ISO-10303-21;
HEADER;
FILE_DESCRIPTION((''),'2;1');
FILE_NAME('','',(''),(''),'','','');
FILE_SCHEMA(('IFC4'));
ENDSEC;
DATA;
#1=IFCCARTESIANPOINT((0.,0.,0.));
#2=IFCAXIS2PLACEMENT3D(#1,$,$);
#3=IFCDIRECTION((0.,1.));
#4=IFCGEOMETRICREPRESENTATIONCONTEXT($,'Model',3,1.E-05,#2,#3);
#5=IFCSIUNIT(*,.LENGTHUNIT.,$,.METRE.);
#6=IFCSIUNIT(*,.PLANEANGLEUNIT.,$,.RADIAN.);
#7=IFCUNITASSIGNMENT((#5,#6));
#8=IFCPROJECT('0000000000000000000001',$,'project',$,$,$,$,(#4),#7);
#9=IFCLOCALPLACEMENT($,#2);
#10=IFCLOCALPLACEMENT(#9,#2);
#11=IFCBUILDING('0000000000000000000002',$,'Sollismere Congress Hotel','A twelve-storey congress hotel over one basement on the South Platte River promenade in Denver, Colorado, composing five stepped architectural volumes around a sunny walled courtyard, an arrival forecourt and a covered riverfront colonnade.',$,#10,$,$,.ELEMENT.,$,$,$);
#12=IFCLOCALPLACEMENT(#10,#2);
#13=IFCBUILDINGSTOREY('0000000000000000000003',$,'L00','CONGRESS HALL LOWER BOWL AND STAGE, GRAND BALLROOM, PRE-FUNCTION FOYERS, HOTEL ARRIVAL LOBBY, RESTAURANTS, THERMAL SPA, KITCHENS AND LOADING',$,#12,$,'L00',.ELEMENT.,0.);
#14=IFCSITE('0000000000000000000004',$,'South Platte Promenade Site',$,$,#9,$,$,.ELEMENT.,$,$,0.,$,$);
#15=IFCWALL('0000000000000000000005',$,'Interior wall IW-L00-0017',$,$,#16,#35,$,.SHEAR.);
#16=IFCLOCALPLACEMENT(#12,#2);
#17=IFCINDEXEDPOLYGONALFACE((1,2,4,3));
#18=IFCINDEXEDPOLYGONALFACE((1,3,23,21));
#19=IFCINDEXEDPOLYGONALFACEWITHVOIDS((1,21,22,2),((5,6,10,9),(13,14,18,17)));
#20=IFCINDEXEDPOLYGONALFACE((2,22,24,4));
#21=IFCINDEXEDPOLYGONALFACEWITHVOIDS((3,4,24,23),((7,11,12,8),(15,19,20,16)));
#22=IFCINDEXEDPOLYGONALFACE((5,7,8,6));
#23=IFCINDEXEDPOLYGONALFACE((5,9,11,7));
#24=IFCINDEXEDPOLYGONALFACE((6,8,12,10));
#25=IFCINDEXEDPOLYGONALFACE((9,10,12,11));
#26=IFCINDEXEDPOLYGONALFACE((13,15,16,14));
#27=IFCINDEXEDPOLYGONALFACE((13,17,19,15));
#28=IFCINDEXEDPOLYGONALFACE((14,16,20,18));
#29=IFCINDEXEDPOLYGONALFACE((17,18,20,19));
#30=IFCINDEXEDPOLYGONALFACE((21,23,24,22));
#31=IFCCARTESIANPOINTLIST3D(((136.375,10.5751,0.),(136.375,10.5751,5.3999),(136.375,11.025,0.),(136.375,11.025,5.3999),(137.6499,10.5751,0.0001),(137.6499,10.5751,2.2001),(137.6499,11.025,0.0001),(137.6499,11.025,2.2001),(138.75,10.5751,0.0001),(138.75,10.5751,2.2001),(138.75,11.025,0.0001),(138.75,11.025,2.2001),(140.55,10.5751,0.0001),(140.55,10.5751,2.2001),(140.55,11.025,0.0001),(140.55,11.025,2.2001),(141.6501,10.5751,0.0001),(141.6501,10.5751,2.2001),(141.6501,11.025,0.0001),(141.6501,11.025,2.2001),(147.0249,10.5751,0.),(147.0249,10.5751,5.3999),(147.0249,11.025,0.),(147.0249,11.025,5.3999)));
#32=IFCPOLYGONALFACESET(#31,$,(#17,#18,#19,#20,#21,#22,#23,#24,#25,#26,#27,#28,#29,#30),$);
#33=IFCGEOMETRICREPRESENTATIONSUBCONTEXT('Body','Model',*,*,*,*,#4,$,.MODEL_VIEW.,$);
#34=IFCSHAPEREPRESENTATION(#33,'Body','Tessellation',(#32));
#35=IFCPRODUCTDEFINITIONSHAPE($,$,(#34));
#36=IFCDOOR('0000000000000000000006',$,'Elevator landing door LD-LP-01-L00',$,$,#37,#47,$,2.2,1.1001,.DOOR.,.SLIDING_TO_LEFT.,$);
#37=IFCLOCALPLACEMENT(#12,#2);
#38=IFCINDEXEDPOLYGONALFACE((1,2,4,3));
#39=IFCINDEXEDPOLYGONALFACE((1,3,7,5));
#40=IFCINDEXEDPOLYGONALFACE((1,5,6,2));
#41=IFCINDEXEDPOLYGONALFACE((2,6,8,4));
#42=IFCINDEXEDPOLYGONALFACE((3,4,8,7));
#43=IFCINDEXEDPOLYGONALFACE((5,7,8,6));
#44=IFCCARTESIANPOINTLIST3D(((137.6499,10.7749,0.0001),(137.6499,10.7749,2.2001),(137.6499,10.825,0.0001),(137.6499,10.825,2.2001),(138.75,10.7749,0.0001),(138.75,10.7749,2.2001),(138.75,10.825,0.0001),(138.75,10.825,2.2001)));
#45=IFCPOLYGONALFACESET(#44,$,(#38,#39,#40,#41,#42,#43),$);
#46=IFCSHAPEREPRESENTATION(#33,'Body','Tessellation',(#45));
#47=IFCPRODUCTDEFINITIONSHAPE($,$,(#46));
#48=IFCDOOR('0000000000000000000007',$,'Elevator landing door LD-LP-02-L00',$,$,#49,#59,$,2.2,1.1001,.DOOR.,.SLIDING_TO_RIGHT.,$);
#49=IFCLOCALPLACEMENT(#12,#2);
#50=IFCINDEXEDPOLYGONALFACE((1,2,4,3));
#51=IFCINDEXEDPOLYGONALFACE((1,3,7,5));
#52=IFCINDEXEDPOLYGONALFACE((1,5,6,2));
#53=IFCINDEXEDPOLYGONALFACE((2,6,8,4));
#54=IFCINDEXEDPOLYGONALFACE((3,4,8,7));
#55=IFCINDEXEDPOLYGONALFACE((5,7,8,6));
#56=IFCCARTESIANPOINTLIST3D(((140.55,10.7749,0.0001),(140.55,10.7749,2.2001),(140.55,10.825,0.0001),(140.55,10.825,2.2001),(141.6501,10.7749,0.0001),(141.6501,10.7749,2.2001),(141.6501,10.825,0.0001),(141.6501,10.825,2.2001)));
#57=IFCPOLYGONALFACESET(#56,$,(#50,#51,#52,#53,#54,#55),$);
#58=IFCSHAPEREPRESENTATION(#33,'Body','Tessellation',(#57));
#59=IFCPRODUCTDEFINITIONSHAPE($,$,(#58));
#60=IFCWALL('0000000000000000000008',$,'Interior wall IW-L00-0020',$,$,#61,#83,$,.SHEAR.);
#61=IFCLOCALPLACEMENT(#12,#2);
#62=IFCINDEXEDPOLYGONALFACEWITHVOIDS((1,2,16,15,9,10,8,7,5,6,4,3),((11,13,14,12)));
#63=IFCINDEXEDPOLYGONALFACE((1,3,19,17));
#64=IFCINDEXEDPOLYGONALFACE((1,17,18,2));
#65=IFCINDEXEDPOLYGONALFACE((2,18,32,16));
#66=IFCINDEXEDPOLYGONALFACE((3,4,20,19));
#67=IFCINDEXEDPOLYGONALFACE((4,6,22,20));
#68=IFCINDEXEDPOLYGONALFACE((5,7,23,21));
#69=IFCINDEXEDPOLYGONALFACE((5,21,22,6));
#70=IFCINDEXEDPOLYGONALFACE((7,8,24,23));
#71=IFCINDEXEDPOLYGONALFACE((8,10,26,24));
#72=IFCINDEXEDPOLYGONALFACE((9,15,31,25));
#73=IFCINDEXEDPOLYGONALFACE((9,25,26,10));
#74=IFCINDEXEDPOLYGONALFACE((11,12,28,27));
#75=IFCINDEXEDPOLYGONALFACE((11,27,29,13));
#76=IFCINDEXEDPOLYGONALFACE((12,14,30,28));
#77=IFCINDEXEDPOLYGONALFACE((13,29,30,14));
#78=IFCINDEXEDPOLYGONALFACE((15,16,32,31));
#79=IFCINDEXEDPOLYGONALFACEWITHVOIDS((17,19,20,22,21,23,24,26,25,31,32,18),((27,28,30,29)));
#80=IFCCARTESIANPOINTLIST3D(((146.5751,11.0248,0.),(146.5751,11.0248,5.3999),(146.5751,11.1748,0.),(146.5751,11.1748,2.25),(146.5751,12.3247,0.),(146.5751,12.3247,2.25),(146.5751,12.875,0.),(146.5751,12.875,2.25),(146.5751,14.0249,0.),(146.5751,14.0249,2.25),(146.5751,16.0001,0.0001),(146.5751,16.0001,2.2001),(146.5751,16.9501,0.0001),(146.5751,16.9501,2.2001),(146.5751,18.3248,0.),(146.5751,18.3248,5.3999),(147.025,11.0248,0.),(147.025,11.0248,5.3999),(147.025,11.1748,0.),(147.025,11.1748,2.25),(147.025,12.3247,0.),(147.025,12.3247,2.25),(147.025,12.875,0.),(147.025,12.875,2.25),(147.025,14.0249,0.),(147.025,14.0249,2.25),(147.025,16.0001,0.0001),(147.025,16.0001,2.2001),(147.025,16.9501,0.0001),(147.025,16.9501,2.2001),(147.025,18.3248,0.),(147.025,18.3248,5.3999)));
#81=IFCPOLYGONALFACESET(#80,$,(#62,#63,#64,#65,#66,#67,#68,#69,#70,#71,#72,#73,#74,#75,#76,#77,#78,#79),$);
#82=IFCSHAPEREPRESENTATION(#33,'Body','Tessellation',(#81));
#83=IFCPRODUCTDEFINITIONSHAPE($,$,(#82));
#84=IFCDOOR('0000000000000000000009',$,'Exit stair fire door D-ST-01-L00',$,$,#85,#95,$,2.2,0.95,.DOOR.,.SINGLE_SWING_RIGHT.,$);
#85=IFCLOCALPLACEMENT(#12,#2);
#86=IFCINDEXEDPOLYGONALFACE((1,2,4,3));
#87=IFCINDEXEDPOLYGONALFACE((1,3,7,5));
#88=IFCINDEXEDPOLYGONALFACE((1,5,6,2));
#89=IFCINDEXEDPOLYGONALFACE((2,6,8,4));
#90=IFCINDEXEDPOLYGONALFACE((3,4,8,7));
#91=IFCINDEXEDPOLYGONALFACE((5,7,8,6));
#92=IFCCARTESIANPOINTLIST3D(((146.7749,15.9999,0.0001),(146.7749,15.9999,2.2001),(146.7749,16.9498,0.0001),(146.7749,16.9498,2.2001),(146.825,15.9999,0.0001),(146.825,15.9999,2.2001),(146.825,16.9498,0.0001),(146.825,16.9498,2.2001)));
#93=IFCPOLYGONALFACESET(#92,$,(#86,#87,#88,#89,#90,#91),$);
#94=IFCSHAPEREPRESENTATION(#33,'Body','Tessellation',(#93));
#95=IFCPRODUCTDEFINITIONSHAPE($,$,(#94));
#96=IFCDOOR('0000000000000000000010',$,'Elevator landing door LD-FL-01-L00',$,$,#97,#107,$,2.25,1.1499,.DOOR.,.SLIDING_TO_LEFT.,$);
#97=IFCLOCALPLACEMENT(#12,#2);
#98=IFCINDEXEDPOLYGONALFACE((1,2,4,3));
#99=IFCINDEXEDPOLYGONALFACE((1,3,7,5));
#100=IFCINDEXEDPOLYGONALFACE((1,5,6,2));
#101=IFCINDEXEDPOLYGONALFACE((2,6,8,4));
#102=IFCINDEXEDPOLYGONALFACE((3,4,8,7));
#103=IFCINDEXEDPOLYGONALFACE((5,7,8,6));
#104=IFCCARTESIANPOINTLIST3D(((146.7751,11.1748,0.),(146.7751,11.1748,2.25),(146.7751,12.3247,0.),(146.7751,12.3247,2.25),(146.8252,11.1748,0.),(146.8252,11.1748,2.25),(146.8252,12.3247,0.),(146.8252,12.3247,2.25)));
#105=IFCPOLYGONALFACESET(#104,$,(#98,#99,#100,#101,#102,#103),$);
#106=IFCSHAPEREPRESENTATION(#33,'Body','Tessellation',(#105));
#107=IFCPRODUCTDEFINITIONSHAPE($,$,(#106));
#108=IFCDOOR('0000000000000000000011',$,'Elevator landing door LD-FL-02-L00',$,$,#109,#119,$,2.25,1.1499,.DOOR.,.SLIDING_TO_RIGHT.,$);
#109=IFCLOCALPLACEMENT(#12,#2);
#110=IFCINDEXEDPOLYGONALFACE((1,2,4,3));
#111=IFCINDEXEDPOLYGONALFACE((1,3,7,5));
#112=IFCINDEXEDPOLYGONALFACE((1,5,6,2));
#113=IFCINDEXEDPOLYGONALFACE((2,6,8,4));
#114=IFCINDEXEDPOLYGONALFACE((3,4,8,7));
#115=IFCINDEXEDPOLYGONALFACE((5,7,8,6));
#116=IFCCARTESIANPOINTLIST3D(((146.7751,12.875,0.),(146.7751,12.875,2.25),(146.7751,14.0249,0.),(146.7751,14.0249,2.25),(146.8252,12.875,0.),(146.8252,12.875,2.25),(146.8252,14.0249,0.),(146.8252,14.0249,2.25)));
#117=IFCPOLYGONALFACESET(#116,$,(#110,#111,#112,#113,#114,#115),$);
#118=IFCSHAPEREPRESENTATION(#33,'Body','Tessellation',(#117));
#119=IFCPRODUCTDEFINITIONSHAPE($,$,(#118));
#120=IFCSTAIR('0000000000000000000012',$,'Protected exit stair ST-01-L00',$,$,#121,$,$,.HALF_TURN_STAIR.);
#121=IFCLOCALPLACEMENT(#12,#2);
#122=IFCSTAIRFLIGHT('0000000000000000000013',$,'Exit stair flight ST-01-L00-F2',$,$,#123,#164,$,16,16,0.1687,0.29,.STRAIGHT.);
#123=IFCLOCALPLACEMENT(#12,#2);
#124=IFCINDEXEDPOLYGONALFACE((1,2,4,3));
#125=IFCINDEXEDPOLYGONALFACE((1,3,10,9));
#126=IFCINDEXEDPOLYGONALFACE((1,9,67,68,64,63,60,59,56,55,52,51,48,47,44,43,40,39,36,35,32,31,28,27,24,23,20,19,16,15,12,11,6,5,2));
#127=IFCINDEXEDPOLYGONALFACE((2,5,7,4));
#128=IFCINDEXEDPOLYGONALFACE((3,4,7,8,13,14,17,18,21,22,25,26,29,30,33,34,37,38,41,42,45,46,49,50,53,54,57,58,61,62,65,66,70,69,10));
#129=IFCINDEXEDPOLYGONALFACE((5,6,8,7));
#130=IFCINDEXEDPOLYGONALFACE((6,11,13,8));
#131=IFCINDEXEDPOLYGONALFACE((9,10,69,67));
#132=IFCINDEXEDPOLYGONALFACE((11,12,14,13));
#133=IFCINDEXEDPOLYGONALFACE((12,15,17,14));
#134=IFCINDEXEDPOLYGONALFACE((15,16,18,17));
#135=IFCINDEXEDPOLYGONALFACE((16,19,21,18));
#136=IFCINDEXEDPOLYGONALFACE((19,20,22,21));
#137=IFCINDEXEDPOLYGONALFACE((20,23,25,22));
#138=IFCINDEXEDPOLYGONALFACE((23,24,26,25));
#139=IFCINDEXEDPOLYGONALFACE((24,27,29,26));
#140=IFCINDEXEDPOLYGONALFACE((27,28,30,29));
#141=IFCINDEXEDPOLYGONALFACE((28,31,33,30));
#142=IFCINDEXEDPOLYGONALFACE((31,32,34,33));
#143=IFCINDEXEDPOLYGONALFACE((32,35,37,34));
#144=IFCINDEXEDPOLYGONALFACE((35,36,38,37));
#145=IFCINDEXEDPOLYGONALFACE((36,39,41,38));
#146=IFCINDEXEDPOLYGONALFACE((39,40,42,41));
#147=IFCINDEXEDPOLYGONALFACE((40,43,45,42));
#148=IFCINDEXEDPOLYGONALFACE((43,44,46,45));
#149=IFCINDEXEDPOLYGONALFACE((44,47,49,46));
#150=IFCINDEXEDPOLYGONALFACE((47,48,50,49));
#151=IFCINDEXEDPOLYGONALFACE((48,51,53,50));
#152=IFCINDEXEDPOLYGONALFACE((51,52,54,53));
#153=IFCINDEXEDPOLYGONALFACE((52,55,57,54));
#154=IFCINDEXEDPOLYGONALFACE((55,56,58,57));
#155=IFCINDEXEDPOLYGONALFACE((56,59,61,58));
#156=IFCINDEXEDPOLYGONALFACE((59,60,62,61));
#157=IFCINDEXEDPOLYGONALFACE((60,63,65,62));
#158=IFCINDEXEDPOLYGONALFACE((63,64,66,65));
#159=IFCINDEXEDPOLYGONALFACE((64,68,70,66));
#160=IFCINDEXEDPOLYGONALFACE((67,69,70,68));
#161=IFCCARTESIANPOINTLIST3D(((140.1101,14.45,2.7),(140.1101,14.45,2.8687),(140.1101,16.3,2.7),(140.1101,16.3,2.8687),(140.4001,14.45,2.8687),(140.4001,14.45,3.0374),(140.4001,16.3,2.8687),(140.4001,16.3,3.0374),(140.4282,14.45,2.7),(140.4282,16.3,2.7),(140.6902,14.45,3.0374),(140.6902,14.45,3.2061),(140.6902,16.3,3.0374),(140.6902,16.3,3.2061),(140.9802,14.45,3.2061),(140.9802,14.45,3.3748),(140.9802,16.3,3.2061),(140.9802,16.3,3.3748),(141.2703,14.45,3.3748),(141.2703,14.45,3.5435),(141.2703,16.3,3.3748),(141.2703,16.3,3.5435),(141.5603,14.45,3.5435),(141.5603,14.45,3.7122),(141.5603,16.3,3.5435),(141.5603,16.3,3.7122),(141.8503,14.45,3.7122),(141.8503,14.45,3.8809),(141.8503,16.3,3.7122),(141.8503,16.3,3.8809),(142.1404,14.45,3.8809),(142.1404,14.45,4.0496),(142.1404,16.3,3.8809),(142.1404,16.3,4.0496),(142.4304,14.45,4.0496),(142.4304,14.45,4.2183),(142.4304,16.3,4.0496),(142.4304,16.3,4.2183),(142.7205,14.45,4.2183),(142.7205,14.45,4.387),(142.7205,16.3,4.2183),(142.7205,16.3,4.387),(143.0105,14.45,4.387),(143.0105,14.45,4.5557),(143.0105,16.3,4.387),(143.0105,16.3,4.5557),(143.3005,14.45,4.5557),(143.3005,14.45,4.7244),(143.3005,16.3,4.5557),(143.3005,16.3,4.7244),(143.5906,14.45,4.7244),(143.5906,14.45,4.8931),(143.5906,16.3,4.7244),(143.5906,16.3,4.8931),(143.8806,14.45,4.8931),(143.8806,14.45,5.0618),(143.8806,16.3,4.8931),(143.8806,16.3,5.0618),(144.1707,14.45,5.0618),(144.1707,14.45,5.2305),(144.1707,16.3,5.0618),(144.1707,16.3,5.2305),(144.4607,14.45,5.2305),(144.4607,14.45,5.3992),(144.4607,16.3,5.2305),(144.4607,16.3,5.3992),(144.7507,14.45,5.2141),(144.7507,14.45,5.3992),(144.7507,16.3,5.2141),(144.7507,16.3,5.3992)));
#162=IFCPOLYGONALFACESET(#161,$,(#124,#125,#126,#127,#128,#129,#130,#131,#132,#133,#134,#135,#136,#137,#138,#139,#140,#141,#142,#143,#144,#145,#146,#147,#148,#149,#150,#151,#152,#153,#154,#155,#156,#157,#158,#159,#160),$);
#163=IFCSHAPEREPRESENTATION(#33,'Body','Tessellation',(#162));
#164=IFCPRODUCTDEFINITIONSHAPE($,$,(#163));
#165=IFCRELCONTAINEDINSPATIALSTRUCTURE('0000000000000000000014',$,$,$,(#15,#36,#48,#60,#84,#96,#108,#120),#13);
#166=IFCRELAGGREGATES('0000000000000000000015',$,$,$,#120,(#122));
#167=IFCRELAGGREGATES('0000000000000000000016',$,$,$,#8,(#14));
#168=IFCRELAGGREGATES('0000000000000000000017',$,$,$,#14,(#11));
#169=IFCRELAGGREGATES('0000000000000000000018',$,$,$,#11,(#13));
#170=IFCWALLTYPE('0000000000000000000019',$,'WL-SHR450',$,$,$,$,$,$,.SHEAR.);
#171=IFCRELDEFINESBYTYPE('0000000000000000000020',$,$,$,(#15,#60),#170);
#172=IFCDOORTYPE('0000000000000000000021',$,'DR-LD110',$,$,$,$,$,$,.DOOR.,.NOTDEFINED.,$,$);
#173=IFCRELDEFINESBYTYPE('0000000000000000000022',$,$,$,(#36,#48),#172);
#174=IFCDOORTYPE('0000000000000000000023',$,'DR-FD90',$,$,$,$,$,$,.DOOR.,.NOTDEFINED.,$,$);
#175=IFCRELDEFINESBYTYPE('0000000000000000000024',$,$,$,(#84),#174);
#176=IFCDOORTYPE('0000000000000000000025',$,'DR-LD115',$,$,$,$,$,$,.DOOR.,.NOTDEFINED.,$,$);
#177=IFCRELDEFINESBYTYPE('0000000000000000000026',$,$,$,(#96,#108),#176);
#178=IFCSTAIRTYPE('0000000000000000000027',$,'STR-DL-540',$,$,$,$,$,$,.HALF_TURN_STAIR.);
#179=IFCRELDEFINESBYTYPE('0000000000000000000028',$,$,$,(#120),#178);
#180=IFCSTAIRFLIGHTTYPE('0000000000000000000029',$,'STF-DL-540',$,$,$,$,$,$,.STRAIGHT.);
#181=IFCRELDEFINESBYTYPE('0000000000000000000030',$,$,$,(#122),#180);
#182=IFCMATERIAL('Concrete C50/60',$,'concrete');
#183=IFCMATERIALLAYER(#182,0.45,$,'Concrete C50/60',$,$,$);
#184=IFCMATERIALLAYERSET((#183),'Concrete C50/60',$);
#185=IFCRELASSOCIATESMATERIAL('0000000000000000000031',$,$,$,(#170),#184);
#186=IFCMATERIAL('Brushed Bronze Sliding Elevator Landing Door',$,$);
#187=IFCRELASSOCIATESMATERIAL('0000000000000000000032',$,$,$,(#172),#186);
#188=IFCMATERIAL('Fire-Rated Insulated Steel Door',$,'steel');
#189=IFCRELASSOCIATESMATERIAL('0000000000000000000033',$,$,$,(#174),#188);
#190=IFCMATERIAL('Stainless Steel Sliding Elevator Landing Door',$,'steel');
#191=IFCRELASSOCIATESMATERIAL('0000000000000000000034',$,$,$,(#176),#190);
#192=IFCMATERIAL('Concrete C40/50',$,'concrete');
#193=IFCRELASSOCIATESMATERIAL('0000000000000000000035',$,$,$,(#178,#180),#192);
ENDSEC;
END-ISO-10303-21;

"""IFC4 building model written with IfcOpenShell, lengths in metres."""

from ifc_helpers import new_model, si_unit, direction, frame, frame_2d, origin, place, context, subcontext, project, spatial, polyline, rectangle, outline, extrude, material, layer, layer_set, type_object, element, fill, aggregate, save


model = new_model("IFC4")

# Units and contexts
model_context = context("Model", 3, precision=1e-05, world=origin(), true_north=direction((0.0, 1.0)))
body_context = subcontext(model_context, "Body", "Model", "MODEL_VIEW")
ifc_project = project(units=[si_unit("LENGTHUNIT", "METRE"), si_unit("PLANEANGLEUNIT", "RADIAN")], contexts=[model_context])

# Site, building, storey
site_placement = place(None, origin())
site = spatial("IfcSite", under=ifc_project, at=site_placement, Name="South Platte Promenade Site", CompositionType="ELEMENT", RefElevation=0.0)
building_placement = place(site_placement, origin())
building = spatial("IfcBuilding", under=site, at=building_placement, Name="Sollismere Congress Hotel", Description="A twelve-storey congress hotel over one basement on the South Platte River promenade in Denver, Colorado, composing five stepped architectural volumes around a sunny walled courtyard, an arrival forecourt and a covered riverfront colonnade.", CompositionType="ELEMENT")
storey_placement = place(building_placement, origin())
storey = spatial("IfcBuildingStorey", under=building, at=storey_placement, Name="L00", Description="CONGRESS HALL LOWER BOWL AND STAGE, GRAND BALLROOM, PRE-FUNCTION FOYERS, HOTEL ARRIVAL LOBBY, RESTAURANTS, THERMAL SPA, KITCHENS AND LOADING", LongName="L00", CompositionType="ELEMENT", Elevation=0.0)

# Shared definitions
ifc_material_1 = material(Name="Concrete C50/60", Category="concrete")

# Walls, openings, doors
ifc_layer_1 = layer(ifc_material_1, 0.45, Name="Concrete C50/60")
ifc_layer_set_1 = layer_set([ifc_layer_1], Name="Concrete C50/60")
wall_type_1 = type_object("IfcWallType", Name="WL-SHR450", PredefinedType="SHEAR", material=ifc_layer_set_1)
wall_1_placement = place(storey_placement, frame((136.375, 10.8, 0.0), z_axis=(0.0, 0.0, 1.0), x_axis=(1.0, 0.0, 0.0)))
wall_1 = element("IfcWall", 1, at=wall_1_placement, inside=storey, type_object=wall_type_1, Name="Interior wall IW-L00-0017", PredefinedType="SHEAR", context=body_context, shape_type="SweptSolid", body=[
    extrude(rectangle(XDim=10.6499, YDim=0.45, at=frame_2d((5.325, 0.0))), origin(), (0.0, 0.0, 1.0), 5.3999),
])
opening_1_placement = place(wall_1_placement, frame((1.2749, 0.0, 0.0)))
opening_1 = element("IfcOpeningElement", 2, at=opening_1_placement, cuts=wall_1, PredefinedType="OPENING", context=body_context, shape_type="SweptSolid", body=[
    extrude(rectangle(XDim=1.1001, YDim=2.2, at=frame_2d((0.55, 1.1001))), frame((0.0, 0.2349, 0.0), z_axis=(0.0, -1.0, 0.0), x_axis=(1.0, 0.0, 0.0)), (0.0, 0.0, 1.0), 0.47),
])
opening_2_placement = place(wall_1_placement, frame((4.175, 0.0, 0.0)))
opening_2 = element("IfcOpeningElement", 3, at=opening_2_placement, cuts=wall_1, PredefinedType="OPENING", context=body_context, shape_type="SweptSolid", body=[
    extrude(rectangle(XDim=1.1001, YDim=2.2, at=frame_2d((0.55, 1.1001))), frame((0.0, 0.2349, 0.0), z_axis=(0.0, -1.0, 0.0), x_axis=(1.0, 0.0, 0.0)), (0.0, 0.0, 1.0), 0.47),
])
ifc_material_2 = material(Name="Brushed Bronze Sliding Elevator Landing Door")
door_type_1 = type_object("IfcDoorType", Name="DR-LD110", OperationType="NOTDEFINED", PredefinedType="DOOR", material=ifc_material_2)
door_1_placement = place(opening_1_placement, origin())
door_1 = element("IfcDoor", 4, at=door_1_placement, inside=storey, type_object=door_type_1, Name="Elevator landing door LD-LP-01-L00", OperationType="SLIDING_TO_LEFT", OverallHeight=2.2, OverallWidth=1.1001, PredefinedType="DOOR", context=body_context, shape_type="SweptSolid", body=[
    extrude(rectangle(XDim=1.1001, YDim=2.2, at=frame_2d((0.55, 1.1001))), frame((0.0, 0.0249, 0.0), z_axis=(0.0, -1.0, 0.0), x_axis=(1.0, 0.0, 0.0)), (0.0, 0.0, 1.0), 0.05),
])
fill(opening_1, door_1)
door_2_placement = place(opening_2_placement, origin())
door_2 = element("IfcDoor", 5, at=door_2_placement, inside=storey, type_object=door_type_1, Name="Elevator landing door LD-LP-02-L00", OperationType="SLIDING_TO_RIGHT", OverallHeight=2.2, OverallWidth=1.1001, PredefinedType="DOOR", context=body_context, shape_type="SweptSolid", body=[
    extrude(rectangle(XDim=1.1001, YDim=2.2, at=frame_2d((0.55, 1.1001))), frame((0.0, 0.0249, 0.0), z_axis=(0.0, -1.0, 0.0), x_axis=(1.0, 0.0, 0.0)), (0.0, 0.0, 1.0), 0.05),
])
fill(opening_2, door_2)
wall_2_placement = place(storey_placement, frame((146.8, 11.0249, 0.0), z_axis=(0.0, 0.0, 1.0), x_axis=(0.0, 1.0, 0.0)))
wall_2 = element("IfcWall", 6, at=wall_2_placement, inside=storey, type_object=wall_type_1, Name="Interior wall IW-L00-0020", PredefinedType="SHEAR", context=body_context, shape_type="SweptSolid", body=[
    extrude(rectangle(XDim=7.3, YDim=0.45, at=frame_2d((3.6499, 0.0))), origin(), (0.0, 0.0, 1.0), 5.3999),
])
opening_3_placement = place(wall_2_placement, frame((4.9751, 0.0, 0.0)))
opening_3 = element("IfcOpeningElement", 7, at=opening_3_placement, cuts=wall_2, PredefinedType="OPENING", context=body_context, shape_type="SweptSolid", body=[
    extrude(rectangle(XDim=0.95, YDim=2.2, at=frame_2d((0.4751, 1.1001))), frame((0.0, 0.2349, 0.0), z_axis=(0.0, -1.0, 0.0), x_axis=(1.0, 0.0, 0.0)), (0.0, 0.0, 1.0), 0.47),
])
opening_4_placement = place(wall_2_placement, frame((0.1499, 0.0, 0.0)))
opening_4 = element("IfcOpeningElement", 8, at=opening_4_placement, cuts=wall_2, PredefinedType="OPENING", context=body_context, shape_type="SweptSolid", body=[
    extrude(rectangle(XDim=1.1499, YDim=2.25, at=frame_2d((0.575, 1.125))), frame((0.0, 0.2349, 0.0), z_axis=(0.0, -1.0, 0.0), x_axis=(1.0, 0.0, 0.0)), (0.0, 0.0, 1.0), 0.47),
])
opening_5_placement = place(wall_2_placement, frame((1.8501, 0.0, 0.0)))
opening_5 = element("IfcOpeningElement", 9, at=opening_5_placement, cuts=wall_2, PredefinedType="OPENING", context=body_context, shape_type="SweptSolid", body=[
    extrude(rectangle(XDim=1.1499, YDim=2.25, at=frame_2d((0.575, 1.125))), frame((0.0, 0.2349, 0.0), z_axis=(0.0, -1.0, 0.0), x_axis=(1.0, 0.0, 0.0)), (0.0, 0.0, 1.0), 0.47),
])
ifc_material_3 = material(Name="Fire-Rated Insulated Steel Door", Category="steel")
door_type_2 = type_object("IfcDoorType", Name="DR-FD90", OperationType="NOTDEFINED", PredefinedType="DOOR", material=ifc_material_3)
door_3_placement = place(opening_3_placement, frame((0.95, 0.0, 0.0), z_axis=(0.0, 0.0, 1.0), x_axis=(-1.0, 0.0, 0.0)))
door_3 = element("IfcDoor", 10, at=door_3_placement, inside=storey, type_object=door_type_2, Name="Exit stair fire door D-ST-01-L00", OperationType="SINGLE_SWING_RIGHT", OverallHeight=2.2, OverallWidth=0.95, PredefinedType="DOOR", context=body_context, shape_type="SweptSolid", body=[
    extrude(rectangle(XDim=0.95, YDim=2.2, at=frame_2d((0.4751, 1.1001))), frame((0.0, 0.0249, 0.0), z_axis=(0.0, -1.0, 0.0), x_axis=(1.0, 0.0, 0.0)), (0.0, 0.0, 1.0), 0.05),
])
fill(opening_3, door_3)
ifc_material_4 = material(Name="Stainless Steel Sliding Elevator Landing Door", Category="steel")
door_type_3 = type_object("IfcDoorType", Name="DR-LD115", OperationType="NOTDEFINED", PredefinedType="DOOR", material=ifc_material_4)
door_4_placement = place(opening_4_placement, origin())
door_4 = element("IfcDoor", 11, at=door_4_placement, inside=storey, type_object=door_type_3, Name="Elevator landing door LD-FL-01-L00", OperationType="SLIDING_TO_LEFT", OverallHeight=2.25, OverallWidth=1.1499, PredefinedType="DOOR", context=body_context, shape_type="SweptSolid", body=[
    extrude(rectangle(XDim=1.1499, YDim=2.25, at=frame_2d((0.575, 1.125))), frame((0.0, 0.0249, 0.0), z_axis=(0.0, -1.0, 0.0), x_axis=(1.0, 0.0, 0.0)), (0.0, 0.0, 1.0), 0.05),
])
fill(opening_4, door_4)
door_5_placement = place(opening_5_placement, origin())
door_5 = element("IfcDoor", 12, at=door_5_placement, inside=storey, type_object=door_type_3, Name="Elevator landing door LD-FL-02-L00", OperationType="SLIDING_TO_RIGHT", OverallHeight=2.25, OverallWidth=1.1499, PredefinedType="DOOR", context=body_context, shape_type="SweptSolid", body=[
    extrude(rectangle(XDim=1.1499, YDim=2.25, at=frame_2d((0.575, 1.125))), frame((0.0, 0.0249, 0.0), z_axis=(0.0, -1.0, 0.0), x_axis=(1.0, 0.0, 0.0)), (0.0, 0.0, 1.0), 0.05),
])
fill(opening_5, door_5)

# Stair, stair flight
ifc_material_5 = material(Name="Concrete C40/50", Category="concrete")
stair_type = type_object("IfcStairType", Name="STR-DL-540", PredefinedType="HALF_TURN_STAIR", material=ifc_material_5)
stair_placement = place(storey_placement, origin())
stair = element("IfcStair", 13, at=stair_placement, inside=storey, type_object=stair_type, Name="Protected exit stair ST-01-L00", PredefinedType="HALF_TURN_STAIR")
stair_flight_type = type_object("IfcStairFlightType", Name="STF-DL-540", PredefinedType="STRAIGHT", material=ifc_material_5)
stair_flight_placement = place(storey_placement, frame((140.1101, 15.375, 2.7), z_axis=(0.0, 0.0, 1.0), x_axis=(1.0, 0.0, 0.0)))
stair_flight = element("IfcStairFlight", 14, at=stair_flight_placement, type_object=stair_flight_type, Name="Exit stair flight ST-01-L00-F2", NumberOfRisers=16, NumberOfTreads=16, PredefinedType="STRAIGHT", RiserHeight=0.1687, TreadLength=0.29, context=body_context, shape_type="SweptSolid", body=[
    extrude(outline(polyline([(0.0, 0.0), (0.0, 0.1687), (0.29, 0.1687), (0.29, 0.3374), (0.5801, 0.3374), (0.5801, 0.5061), (0.8701, 0.5061), (0.8701, 0.6748), (1.1602, 0.6748), (1.1602, 0.8435), (1.4502, 0.8435), (1.4502, 1.0122), (1.7402, 1.0122), (1.7402, 1.1809), (2.0303, 1.1809), (2.0303, 1.3496), (2.3203, 1.3496), (2.3203, 1.5183), (2.6104, 1.5183), (2.6104, 1.687), (2.9004, 1.687), (2.9004, 1.8557), (3.1904, 1.8557), (3.1904, 2.0244), (3.4805, 2.0244), (3.4805, 2.1931), (3.7705, 2.1931), (3.7705, 2.3618), (4.0605, 2.3618), (4.0605, 2.5305), (4.3506, 2.5305), (4.3506, 2.6992), (4.6406, 2.6992), (4.6406, 2.5142), (0.3181, 0.0), (0.0, 0.0)])), frame((0.0, 0.925, 0.0), z_axis=(0.0, -1.0, 0.0), x_axis=(1.0, 0.0, 0.0)), (0.0, 0.0, 1.0), 1.8501),
])
aggregate(stair, [stair_flight])

save(model, "model.ifc")
